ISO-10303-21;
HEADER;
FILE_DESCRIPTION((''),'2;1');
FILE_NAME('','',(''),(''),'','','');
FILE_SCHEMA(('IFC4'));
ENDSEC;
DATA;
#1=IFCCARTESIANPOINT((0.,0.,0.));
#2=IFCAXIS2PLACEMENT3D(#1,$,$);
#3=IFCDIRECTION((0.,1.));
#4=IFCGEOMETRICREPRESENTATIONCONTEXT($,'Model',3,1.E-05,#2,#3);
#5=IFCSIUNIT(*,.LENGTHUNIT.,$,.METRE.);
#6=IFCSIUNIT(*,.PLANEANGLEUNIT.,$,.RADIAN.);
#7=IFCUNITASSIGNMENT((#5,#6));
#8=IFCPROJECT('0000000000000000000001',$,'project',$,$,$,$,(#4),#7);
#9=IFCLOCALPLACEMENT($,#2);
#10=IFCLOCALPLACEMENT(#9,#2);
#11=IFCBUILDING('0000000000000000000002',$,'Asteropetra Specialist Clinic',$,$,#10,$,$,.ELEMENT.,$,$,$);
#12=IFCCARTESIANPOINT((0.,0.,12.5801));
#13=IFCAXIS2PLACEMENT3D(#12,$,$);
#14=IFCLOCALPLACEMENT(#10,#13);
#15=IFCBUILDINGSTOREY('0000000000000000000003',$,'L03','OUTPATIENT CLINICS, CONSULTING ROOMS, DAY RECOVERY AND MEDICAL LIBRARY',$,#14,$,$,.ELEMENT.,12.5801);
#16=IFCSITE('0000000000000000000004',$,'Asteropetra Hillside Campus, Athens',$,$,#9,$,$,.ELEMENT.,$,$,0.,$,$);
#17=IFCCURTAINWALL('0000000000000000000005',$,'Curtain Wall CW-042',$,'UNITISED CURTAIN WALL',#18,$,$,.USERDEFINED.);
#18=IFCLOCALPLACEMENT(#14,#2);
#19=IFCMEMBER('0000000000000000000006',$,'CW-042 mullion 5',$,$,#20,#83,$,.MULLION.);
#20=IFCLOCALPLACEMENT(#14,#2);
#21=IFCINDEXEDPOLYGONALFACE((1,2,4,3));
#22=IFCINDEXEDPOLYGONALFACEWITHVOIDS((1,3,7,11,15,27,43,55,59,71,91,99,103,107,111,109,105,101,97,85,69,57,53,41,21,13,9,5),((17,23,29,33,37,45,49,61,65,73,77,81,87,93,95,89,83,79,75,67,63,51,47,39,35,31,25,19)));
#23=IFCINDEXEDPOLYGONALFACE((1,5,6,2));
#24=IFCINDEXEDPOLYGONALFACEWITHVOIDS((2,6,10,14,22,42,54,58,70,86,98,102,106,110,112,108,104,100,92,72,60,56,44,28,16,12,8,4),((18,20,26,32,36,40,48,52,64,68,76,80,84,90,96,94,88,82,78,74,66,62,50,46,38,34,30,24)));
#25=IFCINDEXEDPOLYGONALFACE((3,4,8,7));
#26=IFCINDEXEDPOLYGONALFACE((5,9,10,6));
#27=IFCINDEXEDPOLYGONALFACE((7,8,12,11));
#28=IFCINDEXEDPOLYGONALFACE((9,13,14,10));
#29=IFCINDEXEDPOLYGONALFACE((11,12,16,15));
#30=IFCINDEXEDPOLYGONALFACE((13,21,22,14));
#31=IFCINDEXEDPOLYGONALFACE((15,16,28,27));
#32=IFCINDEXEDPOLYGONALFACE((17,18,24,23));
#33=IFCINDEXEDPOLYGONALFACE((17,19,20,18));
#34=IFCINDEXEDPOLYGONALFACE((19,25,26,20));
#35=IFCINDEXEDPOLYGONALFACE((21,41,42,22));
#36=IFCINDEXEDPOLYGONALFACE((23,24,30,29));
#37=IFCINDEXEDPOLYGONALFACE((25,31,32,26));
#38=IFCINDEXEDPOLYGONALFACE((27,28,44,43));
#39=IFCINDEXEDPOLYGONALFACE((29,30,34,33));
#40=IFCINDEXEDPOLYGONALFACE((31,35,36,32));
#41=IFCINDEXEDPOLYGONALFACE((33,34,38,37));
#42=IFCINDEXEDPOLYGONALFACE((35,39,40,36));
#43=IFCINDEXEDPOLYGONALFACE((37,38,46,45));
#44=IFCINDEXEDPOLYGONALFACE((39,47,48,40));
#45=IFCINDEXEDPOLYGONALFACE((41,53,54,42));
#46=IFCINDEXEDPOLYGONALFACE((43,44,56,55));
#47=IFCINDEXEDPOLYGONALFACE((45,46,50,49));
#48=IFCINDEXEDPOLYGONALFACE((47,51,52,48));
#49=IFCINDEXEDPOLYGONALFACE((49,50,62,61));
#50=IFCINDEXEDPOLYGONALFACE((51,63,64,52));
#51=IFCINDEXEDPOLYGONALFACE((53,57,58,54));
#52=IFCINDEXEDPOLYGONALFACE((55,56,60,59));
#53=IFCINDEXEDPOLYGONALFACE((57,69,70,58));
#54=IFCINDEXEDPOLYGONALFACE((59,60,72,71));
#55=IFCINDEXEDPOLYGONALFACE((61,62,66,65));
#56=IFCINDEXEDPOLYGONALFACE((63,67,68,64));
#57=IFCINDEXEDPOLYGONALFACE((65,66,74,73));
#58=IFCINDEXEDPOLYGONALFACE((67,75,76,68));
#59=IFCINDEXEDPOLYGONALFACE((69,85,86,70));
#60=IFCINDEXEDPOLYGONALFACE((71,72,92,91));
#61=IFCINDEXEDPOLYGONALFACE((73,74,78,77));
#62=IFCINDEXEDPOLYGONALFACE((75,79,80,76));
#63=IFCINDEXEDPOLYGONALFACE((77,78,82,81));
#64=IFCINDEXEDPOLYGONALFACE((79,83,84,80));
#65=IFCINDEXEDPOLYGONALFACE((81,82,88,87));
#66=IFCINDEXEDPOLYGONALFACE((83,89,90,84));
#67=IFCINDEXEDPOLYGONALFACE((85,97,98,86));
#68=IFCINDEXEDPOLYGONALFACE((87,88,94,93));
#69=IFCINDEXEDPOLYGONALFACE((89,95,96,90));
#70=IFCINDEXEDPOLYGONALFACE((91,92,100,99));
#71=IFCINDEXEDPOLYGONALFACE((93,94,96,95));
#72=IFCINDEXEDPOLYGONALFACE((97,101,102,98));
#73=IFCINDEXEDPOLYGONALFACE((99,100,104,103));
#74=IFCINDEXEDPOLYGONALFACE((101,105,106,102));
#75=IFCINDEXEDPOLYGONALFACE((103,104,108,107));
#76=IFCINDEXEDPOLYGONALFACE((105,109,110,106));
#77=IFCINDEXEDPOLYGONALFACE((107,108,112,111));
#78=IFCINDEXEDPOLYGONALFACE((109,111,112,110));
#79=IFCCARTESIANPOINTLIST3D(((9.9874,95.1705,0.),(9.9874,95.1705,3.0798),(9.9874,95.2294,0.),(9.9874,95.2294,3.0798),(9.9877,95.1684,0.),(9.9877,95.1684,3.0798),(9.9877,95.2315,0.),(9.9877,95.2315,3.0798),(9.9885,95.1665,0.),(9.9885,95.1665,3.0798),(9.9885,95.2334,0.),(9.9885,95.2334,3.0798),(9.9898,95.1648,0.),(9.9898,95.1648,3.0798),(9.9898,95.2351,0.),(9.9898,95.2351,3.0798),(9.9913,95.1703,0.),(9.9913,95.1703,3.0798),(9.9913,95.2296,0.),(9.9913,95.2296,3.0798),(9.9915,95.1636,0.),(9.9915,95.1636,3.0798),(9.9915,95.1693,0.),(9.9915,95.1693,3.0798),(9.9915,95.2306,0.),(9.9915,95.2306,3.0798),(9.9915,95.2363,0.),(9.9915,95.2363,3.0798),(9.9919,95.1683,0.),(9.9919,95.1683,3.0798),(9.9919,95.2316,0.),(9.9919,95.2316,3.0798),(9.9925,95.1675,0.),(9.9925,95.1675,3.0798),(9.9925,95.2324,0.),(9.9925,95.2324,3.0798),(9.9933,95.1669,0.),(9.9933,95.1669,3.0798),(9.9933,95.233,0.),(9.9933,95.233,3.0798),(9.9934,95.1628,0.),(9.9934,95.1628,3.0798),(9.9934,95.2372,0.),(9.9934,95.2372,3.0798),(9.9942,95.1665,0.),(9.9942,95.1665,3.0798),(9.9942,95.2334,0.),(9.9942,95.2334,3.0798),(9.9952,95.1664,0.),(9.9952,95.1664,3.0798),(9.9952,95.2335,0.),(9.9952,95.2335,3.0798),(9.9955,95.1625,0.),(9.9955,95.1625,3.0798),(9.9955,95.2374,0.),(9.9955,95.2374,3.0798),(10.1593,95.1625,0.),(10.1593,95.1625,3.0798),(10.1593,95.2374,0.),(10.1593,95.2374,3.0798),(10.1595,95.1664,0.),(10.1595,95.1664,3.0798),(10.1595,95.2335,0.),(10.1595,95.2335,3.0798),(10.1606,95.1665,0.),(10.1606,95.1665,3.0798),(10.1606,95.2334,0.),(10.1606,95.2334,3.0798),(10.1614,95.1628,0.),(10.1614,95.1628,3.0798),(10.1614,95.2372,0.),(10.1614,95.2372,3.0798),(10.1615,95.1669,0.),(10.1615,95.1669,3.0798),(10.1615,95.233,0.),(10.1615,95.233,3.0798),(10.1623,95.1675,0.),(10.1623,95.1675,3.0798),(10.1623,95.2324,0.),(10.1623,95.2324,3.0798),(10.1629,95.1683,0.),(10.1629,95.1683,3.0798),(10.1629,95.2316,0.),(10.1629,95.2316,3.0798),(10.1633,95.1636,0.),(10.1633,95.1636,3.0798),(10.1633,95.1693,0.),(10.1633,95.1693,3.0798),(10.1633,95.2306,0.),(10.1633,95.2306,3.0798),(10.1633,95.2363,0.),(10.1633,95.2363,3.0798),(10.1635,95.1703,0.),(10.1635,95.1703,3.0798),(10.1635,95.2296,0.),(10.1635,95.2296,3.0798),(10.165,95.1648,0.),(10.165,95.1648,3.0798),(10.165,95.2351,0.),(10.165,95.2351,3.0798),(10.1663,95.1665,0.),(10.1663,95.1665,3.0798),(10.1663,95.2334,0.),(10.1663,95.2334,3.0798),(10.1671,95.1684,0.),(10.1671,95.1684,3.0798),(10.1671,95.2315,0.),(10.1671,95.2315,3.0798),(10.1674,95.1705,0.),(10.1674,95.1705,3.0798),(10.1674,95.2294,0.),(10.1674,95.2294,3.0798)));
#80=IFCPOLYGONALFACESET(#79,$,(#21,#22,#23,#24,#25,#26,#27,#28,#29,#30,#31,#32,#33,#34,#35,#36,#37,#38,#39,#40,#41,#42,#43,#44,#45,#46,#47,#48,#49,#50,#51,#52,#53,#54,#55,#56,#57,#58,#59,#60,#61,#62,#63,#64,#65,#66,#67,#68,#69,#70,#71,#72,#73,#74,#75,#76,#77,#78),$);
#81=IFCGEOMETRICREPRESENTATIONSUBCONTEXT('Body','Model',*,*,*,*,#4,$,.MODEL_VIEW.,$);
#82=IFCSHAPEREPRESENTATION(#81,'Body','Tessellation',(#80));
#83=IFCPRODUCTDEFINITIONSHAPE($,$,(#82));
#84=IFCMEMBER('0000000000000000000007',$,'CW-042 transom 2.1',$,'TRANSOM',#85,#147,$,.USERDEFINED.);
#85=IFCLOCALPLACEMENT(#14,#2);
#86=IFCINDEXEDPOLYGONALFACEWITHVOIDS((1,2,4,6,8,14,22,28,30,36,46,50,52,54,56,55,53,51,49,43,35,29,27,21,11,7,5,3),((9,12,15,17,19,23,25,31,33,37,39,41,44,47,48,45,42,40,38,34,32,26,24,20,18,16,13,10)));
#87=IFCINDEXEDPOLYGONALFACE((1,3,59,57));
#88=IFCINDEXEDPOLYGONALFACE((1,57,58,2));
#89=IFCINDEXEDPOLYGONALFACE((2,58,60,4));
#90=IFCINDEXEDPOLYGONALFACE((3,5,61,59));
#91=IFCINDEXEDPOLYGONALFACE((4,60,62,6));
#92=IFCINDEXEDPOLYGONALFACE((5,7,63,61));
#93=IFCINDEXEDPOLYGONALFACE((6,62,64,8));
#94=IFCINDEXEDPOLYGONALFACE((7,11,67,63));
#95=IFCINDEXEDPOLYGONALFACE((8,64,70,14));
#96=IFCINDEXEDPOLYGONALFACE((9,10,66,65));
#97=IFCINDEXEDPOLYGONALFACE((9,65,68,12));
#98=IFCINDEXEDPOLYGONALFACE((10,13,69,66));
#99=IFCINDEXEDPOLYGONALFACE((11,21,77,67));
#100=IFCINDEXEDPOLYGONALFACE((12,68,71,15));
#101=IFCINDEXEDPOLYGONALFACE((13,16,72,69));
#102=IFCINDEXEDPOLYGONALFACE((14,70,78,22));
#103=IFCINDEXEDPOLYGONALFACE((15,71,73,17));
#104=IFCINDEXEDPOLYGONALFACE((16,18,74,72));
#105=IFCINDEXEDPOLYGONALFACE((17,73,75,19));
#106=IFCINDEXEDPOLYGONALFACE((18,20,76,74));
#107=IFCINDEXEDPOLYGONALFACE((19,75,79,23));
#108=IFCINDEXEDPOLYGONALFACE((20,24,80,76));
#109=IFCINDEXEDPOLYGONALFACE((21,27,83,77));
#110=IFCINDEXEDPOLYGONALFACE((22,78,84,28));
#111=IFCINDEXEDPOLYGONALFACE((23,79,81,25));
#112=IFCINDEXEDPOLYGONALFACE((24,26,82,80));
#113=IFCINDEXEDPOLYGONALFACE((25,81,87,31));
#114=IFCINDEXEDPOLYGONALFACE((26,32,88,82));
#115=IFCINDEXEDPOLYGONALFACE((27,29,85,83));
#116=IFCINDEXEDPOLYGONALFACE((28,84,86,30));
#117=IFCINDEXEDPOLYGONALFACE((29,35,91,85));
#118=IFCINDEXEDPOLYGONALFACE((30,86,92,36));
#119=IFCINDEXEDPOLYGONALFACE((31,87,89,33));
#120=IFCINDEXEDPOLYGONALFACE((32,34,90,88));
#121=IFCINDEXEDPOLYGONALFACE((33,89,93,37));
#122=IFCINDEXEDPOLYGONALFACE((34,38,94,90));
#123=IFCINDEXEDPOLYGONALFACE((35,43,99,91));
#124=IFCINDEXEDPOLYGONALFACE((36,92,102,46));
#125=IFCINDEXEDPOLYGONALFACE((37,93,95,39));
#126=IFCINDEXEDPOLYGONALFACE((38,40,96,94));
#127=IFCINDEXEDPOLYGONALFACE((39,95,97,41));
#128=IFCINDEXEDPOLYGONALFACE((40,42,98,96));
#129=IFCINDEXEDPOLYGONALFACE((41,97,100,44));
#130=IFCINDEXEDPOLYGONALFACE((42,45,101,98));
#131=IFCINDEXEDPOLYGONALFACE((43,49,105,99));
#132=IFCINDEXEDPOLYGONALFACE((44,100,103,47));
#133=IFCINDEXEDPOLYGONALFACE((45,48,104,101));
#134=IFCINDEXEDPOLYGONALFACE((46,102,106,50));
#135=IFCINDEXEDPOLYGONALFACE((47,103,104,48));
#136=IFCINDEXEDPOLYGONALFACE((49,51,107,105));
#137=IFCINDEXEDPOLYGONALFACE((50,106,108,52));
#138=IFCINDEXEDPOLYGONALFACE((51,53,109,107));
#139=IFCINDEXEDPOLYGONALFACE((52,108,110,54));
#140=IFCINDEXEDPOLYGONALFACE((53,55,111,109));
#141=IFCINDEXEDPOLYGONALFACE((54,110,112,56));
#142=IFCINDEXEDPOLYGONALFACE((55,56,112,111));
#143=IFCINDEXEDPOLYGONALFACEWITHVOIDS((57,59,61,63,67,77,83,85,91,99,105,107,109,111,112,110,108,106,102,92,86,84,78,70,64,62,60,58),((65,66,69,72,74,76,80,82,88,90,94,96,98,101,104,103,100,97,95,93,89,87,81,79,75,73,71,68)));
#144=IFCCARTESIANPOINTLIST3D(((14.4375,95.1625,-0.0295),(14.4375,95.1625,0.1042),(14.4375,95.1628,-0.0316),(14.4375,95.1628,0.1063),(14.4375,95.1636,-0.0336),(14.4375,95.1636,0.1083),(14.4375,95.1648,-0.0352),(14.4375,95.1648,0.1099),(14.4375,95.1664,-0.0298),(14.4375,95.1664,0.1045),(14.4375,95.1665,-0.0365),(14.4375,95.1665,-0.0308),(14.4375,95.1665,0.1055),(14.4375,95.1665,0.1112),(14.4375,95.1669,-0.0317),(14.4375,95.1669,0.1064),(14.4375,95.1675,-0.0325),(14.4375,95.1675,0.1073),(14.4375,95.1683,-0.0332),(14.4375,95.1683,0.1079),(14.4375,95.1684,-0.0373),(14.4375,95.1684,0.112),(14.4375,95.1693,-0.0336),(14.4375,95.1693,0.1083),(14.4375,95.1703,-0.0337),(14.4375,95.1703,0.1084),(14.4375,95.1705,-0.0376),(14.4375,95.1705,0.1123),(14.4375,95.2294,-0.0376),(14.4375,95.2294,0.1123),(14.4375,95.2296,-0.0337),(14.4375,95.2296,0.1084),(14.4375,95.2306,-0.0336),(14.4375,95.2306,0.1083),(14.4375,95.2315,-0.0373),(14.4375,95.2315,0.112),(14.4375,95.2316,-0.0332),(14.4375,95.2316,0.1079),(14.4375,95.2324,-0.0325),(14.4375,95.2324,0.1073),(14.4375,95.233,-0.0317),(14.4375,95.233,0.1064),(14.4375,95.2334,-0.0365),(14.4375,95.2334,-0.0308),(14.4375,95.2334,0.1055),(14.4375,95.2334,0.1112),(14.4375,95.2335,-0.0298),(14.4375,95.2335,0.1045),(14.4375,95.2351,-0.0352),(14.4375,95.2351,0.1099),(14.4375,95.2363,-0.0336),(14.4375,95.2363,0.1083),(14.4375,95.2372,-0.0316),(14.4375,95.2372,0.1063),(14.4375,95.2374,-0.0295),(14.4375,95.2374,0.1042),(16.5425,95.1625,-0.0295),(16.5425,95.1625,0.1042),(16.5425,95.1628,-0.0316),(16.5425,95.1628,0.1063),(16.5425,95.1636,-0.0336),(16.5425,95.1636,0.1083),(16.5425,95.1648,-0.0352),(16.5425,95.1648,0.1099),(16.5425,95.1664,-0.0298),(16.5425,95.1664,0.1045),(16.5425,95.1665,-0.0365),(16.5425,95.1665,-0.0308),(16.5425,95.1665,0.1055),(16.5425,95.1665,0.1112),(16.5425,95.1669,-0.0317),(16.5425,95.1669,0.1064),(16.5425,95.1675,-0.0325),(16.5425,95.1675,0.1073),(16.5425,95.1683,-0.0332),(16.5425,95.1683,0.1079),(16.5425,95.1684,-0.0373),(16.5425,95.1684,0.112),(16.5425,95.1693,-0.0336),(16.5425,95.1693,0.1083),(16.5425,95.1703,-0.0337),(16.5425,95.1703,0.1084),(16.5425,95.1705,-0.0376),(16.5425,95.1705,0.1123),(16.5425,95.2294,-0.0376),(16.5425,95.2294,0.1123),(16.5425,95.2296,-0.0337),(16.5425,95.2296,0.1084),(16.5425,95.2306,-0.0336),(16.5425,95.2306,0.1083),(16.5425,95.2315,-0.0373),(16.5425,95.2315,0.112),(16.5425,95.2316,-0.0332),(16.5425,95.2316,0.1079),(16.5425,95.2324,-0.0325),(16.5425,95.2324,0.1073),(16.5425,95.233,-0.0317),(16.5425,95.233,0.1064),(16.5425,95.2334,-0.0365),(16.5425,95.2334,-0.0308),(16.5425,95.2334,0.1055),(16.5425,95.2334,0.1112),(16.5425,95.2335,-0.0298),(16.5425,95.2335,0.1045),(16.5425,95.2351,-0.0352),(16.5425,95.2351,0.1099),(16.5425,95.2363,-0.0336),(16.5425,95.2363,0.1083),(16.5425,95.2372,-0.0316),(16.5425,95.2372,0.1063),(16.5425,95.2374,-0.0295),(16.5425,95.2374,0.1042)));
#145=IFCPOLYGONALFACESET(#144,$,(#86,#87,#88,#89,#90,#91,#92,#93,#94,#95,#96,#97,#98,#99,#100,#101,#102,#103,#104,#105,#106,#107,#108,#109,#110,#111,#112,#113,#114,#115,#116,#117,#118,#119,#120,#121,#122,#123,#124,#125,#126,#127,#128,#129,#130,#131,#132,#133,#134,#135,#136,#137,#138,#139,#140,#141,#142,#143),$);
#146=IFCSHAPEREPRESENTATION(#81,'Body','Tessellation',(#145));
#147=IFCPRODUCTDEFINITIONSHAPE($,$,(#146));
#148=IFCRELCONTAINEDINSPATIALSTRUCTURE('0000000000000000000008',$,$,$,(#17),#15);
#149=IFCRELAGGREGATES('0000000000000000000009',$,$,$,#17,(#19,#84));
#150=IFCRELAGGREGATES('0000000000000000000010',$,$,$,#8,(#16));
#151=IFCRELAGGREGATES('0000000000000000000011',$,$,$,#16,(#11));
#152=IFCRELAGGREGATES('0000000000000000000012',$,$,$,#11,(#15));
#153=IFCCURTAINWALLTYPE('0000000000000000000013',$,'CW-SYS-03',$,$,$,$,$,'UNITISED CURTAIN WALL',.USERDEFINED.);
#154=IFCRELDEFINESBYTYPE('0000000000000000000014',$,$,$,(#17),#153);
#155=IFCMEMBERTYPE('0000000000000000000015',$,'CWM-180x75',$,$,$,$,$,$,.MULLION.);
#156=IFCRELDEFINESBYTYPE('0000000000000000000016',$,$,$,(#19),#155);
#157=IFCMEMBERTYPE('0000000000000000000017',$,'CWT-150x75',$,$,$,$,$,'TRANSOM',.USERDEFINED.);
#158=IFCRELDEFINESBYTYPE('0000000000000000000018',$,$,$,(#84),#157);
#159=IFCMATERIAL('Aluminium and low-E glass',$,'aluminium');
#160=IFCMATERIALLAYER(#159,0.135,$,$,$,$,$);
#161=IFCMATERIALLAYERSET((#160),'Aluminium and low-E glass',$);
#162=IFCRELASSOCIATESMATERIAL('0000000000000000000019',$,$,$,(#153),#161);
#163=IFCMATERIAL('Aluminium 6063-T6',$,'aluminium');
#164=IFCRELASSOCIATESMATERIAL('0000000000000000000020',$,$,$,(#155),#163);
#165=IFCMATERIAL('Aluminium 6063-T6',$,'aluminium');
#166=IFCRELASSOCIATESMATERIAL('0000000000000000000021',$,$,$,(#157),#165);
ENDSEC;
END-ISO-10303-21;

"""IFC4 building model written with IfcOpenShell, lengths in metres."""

from ifc_helpers import new_model, si_unit, direction, frame, origin, origin_2d, place, context, subcontext, project, spatial, hollow_rectangle, extrude, material, layer, layer_set, material_profile, profile_set, type_object, element, aggregate, save


model = new_model("IFC4")

# Units and contexts
model_context = context("Model", 3, precision=1e-05, world=origin(), true_north=direction((0.0, 1.0)))
body_context = subcontext(model_context, "Body", "Model", "MODEL_VIEW")
ifc_project = project(units=[si_unit("LENGTHUNIT", "METRE"), si_unit("PLANEANGLEUNIT", "RADIAN")], contexts=[model_context])

# Site, building, storey
site_placement = place(None, origin())
site = spatial("IfcSite", under=ifc_project, at=site_placement, Name="Asteropetra Hillside Campus, Athens", CompositionType="ELEMENT", RefElevation=0.0)
building_placement = place(site_placement, origin())
building = spatial("IfcBuilding", under=site, at=building_placement, Name="Asteropetra Specialist Clinic", CompositionType="ELEMENT")
storey_placement = place(building_placement, frame((0.0, 0.0, 12.5801)))
storey = spatial("IfcBuildingStorey", under=building, at=storey_placement, Name="L03", Description="OUTPATIENT CLINICS, CONSULTING ROOMS, DAY RECOVERY AND MEDICAL LIBRARY", CompositionType="ELEMENT", Elevation=12.5801)

# Curtain wall, members
ifc_material_1 = material(Name="Aluminium and low-E glass", Category="aluminium")
ifc_layer_1 = layer(ifc_material_1, 0.135)
ifc_layer_set_1 = layer_set([ifc_layer_1], Name="Aluminium and low-E glass")
curtain_wall_type = type_object("IfcCurtainWallType", Name="CW-SYS-03", ElementType="UNITISED CURTAIN WALL", PredefinedType="USERDEFINED", material=ifc_layer_set_1)
curtain_wall_placement = place(storey_placement, origin())
curtain_wall = element("IfcCurtainWall", 1, at=curtain_wall_placement, inside=storey, type_object=curtain_wall_type, Name="Curtain Wall CW-042", ObjectType="UNITISED CURTAIN WALL", PredefinedType="USERDEFINED")
ifc_material_2 = material(Name="Aluminium 6063-T6", Category="aluminium")
ifc_material_profile_1 = material_profile(ifc_material_2, hollow_rectangle(XDim=0.075, YDim=0.1799, WallThickness=0.0039, InnerFilletRadius=0.0039, OuterFilletRadius=0.0081, at=origin_2d()), Name="MUL 180x75x4.0")
ifc_profile_set_1 = profile_set([ifc_material_profile_1], Name="Aluminium 6063-T6")
member_type_1 = type_object("IfcMemberType", Name="CWM-180x75", PredefinedType="MULLION", material=ifc_profile_set_1)
member_1_placement = place(storey_placement, frame((10.0774, 95.2, 0.0), z_axis=(0.0, 0.0, 1.0), x_axis=(0.0, -1.0, 0.0)))
member_1 = element("IfcMember", 2, at=member_1_placement, type_object=member_type_1, Name="CW-042 mullion 5", PredefinedType="MULLION", context=body_context, shape_type="SweptSolid", body=[
    extrude(hollow_rectangle(XDim=0.075, YDim=0.1799, WallThickness=0.0039, InnerFilletRadius=0.0039, OuterFilletRadius=0.0081, at=origin_2d()), origin(), (0.0, 0.0, 1.0), 3.0798),
])
ifc_material_3 = material(Name="Aluminium 6063-T6", Category="aluminium")
ifc_material_profile_2 = material_profile(ifc_material_3, hollow_rectangle(XDim=0.075, YDim=0.1499, WallThickness=0.0039, InnerFilletRadius=0.0039, OuterFilletRadius=0.0081, at=origin_2d()), Name="TRN 150x75x4.0")
ifc_profile_set_2 = profile_set([ifc_material_profile_2], Name="Aluminium 6063-T6")
member_type_2 = type_object("IfcMemberType", Name="CWT-150x75", ElementType="TRANSOM", PredefinedType="USERDEFINED", material=ifc_profile_set_2)
member_2_placement = place(storey_placement, frame((16.5425, 95.2, 0.0374), z_axis=(-1.0, 0.0, 0.0), x_axis=(0.0, -1.0, 0.0)))
member_2 = element("IfcMember", 3, at=member_2_placement, type_object=member_type_2, Name="CW-042 transom 2.1", ObjectType="TRANSOM", PredefinedType="USERDEFINED", context=body_context, shape_type="SweptSolid", body=[
    extrude(hollow_rectangle(XDim=0.075, YDim=0.1499, WallThickness=0.0039, InnerFilletRadius=0.0039, OuterFilletRadius=0.0081, at=origin_2d()), origin(), (0.0, 0.0, 1.0), 2.105),
])

aggregate(curtain_wall, [member_1, member_2])

save(model, "model.ifc")
